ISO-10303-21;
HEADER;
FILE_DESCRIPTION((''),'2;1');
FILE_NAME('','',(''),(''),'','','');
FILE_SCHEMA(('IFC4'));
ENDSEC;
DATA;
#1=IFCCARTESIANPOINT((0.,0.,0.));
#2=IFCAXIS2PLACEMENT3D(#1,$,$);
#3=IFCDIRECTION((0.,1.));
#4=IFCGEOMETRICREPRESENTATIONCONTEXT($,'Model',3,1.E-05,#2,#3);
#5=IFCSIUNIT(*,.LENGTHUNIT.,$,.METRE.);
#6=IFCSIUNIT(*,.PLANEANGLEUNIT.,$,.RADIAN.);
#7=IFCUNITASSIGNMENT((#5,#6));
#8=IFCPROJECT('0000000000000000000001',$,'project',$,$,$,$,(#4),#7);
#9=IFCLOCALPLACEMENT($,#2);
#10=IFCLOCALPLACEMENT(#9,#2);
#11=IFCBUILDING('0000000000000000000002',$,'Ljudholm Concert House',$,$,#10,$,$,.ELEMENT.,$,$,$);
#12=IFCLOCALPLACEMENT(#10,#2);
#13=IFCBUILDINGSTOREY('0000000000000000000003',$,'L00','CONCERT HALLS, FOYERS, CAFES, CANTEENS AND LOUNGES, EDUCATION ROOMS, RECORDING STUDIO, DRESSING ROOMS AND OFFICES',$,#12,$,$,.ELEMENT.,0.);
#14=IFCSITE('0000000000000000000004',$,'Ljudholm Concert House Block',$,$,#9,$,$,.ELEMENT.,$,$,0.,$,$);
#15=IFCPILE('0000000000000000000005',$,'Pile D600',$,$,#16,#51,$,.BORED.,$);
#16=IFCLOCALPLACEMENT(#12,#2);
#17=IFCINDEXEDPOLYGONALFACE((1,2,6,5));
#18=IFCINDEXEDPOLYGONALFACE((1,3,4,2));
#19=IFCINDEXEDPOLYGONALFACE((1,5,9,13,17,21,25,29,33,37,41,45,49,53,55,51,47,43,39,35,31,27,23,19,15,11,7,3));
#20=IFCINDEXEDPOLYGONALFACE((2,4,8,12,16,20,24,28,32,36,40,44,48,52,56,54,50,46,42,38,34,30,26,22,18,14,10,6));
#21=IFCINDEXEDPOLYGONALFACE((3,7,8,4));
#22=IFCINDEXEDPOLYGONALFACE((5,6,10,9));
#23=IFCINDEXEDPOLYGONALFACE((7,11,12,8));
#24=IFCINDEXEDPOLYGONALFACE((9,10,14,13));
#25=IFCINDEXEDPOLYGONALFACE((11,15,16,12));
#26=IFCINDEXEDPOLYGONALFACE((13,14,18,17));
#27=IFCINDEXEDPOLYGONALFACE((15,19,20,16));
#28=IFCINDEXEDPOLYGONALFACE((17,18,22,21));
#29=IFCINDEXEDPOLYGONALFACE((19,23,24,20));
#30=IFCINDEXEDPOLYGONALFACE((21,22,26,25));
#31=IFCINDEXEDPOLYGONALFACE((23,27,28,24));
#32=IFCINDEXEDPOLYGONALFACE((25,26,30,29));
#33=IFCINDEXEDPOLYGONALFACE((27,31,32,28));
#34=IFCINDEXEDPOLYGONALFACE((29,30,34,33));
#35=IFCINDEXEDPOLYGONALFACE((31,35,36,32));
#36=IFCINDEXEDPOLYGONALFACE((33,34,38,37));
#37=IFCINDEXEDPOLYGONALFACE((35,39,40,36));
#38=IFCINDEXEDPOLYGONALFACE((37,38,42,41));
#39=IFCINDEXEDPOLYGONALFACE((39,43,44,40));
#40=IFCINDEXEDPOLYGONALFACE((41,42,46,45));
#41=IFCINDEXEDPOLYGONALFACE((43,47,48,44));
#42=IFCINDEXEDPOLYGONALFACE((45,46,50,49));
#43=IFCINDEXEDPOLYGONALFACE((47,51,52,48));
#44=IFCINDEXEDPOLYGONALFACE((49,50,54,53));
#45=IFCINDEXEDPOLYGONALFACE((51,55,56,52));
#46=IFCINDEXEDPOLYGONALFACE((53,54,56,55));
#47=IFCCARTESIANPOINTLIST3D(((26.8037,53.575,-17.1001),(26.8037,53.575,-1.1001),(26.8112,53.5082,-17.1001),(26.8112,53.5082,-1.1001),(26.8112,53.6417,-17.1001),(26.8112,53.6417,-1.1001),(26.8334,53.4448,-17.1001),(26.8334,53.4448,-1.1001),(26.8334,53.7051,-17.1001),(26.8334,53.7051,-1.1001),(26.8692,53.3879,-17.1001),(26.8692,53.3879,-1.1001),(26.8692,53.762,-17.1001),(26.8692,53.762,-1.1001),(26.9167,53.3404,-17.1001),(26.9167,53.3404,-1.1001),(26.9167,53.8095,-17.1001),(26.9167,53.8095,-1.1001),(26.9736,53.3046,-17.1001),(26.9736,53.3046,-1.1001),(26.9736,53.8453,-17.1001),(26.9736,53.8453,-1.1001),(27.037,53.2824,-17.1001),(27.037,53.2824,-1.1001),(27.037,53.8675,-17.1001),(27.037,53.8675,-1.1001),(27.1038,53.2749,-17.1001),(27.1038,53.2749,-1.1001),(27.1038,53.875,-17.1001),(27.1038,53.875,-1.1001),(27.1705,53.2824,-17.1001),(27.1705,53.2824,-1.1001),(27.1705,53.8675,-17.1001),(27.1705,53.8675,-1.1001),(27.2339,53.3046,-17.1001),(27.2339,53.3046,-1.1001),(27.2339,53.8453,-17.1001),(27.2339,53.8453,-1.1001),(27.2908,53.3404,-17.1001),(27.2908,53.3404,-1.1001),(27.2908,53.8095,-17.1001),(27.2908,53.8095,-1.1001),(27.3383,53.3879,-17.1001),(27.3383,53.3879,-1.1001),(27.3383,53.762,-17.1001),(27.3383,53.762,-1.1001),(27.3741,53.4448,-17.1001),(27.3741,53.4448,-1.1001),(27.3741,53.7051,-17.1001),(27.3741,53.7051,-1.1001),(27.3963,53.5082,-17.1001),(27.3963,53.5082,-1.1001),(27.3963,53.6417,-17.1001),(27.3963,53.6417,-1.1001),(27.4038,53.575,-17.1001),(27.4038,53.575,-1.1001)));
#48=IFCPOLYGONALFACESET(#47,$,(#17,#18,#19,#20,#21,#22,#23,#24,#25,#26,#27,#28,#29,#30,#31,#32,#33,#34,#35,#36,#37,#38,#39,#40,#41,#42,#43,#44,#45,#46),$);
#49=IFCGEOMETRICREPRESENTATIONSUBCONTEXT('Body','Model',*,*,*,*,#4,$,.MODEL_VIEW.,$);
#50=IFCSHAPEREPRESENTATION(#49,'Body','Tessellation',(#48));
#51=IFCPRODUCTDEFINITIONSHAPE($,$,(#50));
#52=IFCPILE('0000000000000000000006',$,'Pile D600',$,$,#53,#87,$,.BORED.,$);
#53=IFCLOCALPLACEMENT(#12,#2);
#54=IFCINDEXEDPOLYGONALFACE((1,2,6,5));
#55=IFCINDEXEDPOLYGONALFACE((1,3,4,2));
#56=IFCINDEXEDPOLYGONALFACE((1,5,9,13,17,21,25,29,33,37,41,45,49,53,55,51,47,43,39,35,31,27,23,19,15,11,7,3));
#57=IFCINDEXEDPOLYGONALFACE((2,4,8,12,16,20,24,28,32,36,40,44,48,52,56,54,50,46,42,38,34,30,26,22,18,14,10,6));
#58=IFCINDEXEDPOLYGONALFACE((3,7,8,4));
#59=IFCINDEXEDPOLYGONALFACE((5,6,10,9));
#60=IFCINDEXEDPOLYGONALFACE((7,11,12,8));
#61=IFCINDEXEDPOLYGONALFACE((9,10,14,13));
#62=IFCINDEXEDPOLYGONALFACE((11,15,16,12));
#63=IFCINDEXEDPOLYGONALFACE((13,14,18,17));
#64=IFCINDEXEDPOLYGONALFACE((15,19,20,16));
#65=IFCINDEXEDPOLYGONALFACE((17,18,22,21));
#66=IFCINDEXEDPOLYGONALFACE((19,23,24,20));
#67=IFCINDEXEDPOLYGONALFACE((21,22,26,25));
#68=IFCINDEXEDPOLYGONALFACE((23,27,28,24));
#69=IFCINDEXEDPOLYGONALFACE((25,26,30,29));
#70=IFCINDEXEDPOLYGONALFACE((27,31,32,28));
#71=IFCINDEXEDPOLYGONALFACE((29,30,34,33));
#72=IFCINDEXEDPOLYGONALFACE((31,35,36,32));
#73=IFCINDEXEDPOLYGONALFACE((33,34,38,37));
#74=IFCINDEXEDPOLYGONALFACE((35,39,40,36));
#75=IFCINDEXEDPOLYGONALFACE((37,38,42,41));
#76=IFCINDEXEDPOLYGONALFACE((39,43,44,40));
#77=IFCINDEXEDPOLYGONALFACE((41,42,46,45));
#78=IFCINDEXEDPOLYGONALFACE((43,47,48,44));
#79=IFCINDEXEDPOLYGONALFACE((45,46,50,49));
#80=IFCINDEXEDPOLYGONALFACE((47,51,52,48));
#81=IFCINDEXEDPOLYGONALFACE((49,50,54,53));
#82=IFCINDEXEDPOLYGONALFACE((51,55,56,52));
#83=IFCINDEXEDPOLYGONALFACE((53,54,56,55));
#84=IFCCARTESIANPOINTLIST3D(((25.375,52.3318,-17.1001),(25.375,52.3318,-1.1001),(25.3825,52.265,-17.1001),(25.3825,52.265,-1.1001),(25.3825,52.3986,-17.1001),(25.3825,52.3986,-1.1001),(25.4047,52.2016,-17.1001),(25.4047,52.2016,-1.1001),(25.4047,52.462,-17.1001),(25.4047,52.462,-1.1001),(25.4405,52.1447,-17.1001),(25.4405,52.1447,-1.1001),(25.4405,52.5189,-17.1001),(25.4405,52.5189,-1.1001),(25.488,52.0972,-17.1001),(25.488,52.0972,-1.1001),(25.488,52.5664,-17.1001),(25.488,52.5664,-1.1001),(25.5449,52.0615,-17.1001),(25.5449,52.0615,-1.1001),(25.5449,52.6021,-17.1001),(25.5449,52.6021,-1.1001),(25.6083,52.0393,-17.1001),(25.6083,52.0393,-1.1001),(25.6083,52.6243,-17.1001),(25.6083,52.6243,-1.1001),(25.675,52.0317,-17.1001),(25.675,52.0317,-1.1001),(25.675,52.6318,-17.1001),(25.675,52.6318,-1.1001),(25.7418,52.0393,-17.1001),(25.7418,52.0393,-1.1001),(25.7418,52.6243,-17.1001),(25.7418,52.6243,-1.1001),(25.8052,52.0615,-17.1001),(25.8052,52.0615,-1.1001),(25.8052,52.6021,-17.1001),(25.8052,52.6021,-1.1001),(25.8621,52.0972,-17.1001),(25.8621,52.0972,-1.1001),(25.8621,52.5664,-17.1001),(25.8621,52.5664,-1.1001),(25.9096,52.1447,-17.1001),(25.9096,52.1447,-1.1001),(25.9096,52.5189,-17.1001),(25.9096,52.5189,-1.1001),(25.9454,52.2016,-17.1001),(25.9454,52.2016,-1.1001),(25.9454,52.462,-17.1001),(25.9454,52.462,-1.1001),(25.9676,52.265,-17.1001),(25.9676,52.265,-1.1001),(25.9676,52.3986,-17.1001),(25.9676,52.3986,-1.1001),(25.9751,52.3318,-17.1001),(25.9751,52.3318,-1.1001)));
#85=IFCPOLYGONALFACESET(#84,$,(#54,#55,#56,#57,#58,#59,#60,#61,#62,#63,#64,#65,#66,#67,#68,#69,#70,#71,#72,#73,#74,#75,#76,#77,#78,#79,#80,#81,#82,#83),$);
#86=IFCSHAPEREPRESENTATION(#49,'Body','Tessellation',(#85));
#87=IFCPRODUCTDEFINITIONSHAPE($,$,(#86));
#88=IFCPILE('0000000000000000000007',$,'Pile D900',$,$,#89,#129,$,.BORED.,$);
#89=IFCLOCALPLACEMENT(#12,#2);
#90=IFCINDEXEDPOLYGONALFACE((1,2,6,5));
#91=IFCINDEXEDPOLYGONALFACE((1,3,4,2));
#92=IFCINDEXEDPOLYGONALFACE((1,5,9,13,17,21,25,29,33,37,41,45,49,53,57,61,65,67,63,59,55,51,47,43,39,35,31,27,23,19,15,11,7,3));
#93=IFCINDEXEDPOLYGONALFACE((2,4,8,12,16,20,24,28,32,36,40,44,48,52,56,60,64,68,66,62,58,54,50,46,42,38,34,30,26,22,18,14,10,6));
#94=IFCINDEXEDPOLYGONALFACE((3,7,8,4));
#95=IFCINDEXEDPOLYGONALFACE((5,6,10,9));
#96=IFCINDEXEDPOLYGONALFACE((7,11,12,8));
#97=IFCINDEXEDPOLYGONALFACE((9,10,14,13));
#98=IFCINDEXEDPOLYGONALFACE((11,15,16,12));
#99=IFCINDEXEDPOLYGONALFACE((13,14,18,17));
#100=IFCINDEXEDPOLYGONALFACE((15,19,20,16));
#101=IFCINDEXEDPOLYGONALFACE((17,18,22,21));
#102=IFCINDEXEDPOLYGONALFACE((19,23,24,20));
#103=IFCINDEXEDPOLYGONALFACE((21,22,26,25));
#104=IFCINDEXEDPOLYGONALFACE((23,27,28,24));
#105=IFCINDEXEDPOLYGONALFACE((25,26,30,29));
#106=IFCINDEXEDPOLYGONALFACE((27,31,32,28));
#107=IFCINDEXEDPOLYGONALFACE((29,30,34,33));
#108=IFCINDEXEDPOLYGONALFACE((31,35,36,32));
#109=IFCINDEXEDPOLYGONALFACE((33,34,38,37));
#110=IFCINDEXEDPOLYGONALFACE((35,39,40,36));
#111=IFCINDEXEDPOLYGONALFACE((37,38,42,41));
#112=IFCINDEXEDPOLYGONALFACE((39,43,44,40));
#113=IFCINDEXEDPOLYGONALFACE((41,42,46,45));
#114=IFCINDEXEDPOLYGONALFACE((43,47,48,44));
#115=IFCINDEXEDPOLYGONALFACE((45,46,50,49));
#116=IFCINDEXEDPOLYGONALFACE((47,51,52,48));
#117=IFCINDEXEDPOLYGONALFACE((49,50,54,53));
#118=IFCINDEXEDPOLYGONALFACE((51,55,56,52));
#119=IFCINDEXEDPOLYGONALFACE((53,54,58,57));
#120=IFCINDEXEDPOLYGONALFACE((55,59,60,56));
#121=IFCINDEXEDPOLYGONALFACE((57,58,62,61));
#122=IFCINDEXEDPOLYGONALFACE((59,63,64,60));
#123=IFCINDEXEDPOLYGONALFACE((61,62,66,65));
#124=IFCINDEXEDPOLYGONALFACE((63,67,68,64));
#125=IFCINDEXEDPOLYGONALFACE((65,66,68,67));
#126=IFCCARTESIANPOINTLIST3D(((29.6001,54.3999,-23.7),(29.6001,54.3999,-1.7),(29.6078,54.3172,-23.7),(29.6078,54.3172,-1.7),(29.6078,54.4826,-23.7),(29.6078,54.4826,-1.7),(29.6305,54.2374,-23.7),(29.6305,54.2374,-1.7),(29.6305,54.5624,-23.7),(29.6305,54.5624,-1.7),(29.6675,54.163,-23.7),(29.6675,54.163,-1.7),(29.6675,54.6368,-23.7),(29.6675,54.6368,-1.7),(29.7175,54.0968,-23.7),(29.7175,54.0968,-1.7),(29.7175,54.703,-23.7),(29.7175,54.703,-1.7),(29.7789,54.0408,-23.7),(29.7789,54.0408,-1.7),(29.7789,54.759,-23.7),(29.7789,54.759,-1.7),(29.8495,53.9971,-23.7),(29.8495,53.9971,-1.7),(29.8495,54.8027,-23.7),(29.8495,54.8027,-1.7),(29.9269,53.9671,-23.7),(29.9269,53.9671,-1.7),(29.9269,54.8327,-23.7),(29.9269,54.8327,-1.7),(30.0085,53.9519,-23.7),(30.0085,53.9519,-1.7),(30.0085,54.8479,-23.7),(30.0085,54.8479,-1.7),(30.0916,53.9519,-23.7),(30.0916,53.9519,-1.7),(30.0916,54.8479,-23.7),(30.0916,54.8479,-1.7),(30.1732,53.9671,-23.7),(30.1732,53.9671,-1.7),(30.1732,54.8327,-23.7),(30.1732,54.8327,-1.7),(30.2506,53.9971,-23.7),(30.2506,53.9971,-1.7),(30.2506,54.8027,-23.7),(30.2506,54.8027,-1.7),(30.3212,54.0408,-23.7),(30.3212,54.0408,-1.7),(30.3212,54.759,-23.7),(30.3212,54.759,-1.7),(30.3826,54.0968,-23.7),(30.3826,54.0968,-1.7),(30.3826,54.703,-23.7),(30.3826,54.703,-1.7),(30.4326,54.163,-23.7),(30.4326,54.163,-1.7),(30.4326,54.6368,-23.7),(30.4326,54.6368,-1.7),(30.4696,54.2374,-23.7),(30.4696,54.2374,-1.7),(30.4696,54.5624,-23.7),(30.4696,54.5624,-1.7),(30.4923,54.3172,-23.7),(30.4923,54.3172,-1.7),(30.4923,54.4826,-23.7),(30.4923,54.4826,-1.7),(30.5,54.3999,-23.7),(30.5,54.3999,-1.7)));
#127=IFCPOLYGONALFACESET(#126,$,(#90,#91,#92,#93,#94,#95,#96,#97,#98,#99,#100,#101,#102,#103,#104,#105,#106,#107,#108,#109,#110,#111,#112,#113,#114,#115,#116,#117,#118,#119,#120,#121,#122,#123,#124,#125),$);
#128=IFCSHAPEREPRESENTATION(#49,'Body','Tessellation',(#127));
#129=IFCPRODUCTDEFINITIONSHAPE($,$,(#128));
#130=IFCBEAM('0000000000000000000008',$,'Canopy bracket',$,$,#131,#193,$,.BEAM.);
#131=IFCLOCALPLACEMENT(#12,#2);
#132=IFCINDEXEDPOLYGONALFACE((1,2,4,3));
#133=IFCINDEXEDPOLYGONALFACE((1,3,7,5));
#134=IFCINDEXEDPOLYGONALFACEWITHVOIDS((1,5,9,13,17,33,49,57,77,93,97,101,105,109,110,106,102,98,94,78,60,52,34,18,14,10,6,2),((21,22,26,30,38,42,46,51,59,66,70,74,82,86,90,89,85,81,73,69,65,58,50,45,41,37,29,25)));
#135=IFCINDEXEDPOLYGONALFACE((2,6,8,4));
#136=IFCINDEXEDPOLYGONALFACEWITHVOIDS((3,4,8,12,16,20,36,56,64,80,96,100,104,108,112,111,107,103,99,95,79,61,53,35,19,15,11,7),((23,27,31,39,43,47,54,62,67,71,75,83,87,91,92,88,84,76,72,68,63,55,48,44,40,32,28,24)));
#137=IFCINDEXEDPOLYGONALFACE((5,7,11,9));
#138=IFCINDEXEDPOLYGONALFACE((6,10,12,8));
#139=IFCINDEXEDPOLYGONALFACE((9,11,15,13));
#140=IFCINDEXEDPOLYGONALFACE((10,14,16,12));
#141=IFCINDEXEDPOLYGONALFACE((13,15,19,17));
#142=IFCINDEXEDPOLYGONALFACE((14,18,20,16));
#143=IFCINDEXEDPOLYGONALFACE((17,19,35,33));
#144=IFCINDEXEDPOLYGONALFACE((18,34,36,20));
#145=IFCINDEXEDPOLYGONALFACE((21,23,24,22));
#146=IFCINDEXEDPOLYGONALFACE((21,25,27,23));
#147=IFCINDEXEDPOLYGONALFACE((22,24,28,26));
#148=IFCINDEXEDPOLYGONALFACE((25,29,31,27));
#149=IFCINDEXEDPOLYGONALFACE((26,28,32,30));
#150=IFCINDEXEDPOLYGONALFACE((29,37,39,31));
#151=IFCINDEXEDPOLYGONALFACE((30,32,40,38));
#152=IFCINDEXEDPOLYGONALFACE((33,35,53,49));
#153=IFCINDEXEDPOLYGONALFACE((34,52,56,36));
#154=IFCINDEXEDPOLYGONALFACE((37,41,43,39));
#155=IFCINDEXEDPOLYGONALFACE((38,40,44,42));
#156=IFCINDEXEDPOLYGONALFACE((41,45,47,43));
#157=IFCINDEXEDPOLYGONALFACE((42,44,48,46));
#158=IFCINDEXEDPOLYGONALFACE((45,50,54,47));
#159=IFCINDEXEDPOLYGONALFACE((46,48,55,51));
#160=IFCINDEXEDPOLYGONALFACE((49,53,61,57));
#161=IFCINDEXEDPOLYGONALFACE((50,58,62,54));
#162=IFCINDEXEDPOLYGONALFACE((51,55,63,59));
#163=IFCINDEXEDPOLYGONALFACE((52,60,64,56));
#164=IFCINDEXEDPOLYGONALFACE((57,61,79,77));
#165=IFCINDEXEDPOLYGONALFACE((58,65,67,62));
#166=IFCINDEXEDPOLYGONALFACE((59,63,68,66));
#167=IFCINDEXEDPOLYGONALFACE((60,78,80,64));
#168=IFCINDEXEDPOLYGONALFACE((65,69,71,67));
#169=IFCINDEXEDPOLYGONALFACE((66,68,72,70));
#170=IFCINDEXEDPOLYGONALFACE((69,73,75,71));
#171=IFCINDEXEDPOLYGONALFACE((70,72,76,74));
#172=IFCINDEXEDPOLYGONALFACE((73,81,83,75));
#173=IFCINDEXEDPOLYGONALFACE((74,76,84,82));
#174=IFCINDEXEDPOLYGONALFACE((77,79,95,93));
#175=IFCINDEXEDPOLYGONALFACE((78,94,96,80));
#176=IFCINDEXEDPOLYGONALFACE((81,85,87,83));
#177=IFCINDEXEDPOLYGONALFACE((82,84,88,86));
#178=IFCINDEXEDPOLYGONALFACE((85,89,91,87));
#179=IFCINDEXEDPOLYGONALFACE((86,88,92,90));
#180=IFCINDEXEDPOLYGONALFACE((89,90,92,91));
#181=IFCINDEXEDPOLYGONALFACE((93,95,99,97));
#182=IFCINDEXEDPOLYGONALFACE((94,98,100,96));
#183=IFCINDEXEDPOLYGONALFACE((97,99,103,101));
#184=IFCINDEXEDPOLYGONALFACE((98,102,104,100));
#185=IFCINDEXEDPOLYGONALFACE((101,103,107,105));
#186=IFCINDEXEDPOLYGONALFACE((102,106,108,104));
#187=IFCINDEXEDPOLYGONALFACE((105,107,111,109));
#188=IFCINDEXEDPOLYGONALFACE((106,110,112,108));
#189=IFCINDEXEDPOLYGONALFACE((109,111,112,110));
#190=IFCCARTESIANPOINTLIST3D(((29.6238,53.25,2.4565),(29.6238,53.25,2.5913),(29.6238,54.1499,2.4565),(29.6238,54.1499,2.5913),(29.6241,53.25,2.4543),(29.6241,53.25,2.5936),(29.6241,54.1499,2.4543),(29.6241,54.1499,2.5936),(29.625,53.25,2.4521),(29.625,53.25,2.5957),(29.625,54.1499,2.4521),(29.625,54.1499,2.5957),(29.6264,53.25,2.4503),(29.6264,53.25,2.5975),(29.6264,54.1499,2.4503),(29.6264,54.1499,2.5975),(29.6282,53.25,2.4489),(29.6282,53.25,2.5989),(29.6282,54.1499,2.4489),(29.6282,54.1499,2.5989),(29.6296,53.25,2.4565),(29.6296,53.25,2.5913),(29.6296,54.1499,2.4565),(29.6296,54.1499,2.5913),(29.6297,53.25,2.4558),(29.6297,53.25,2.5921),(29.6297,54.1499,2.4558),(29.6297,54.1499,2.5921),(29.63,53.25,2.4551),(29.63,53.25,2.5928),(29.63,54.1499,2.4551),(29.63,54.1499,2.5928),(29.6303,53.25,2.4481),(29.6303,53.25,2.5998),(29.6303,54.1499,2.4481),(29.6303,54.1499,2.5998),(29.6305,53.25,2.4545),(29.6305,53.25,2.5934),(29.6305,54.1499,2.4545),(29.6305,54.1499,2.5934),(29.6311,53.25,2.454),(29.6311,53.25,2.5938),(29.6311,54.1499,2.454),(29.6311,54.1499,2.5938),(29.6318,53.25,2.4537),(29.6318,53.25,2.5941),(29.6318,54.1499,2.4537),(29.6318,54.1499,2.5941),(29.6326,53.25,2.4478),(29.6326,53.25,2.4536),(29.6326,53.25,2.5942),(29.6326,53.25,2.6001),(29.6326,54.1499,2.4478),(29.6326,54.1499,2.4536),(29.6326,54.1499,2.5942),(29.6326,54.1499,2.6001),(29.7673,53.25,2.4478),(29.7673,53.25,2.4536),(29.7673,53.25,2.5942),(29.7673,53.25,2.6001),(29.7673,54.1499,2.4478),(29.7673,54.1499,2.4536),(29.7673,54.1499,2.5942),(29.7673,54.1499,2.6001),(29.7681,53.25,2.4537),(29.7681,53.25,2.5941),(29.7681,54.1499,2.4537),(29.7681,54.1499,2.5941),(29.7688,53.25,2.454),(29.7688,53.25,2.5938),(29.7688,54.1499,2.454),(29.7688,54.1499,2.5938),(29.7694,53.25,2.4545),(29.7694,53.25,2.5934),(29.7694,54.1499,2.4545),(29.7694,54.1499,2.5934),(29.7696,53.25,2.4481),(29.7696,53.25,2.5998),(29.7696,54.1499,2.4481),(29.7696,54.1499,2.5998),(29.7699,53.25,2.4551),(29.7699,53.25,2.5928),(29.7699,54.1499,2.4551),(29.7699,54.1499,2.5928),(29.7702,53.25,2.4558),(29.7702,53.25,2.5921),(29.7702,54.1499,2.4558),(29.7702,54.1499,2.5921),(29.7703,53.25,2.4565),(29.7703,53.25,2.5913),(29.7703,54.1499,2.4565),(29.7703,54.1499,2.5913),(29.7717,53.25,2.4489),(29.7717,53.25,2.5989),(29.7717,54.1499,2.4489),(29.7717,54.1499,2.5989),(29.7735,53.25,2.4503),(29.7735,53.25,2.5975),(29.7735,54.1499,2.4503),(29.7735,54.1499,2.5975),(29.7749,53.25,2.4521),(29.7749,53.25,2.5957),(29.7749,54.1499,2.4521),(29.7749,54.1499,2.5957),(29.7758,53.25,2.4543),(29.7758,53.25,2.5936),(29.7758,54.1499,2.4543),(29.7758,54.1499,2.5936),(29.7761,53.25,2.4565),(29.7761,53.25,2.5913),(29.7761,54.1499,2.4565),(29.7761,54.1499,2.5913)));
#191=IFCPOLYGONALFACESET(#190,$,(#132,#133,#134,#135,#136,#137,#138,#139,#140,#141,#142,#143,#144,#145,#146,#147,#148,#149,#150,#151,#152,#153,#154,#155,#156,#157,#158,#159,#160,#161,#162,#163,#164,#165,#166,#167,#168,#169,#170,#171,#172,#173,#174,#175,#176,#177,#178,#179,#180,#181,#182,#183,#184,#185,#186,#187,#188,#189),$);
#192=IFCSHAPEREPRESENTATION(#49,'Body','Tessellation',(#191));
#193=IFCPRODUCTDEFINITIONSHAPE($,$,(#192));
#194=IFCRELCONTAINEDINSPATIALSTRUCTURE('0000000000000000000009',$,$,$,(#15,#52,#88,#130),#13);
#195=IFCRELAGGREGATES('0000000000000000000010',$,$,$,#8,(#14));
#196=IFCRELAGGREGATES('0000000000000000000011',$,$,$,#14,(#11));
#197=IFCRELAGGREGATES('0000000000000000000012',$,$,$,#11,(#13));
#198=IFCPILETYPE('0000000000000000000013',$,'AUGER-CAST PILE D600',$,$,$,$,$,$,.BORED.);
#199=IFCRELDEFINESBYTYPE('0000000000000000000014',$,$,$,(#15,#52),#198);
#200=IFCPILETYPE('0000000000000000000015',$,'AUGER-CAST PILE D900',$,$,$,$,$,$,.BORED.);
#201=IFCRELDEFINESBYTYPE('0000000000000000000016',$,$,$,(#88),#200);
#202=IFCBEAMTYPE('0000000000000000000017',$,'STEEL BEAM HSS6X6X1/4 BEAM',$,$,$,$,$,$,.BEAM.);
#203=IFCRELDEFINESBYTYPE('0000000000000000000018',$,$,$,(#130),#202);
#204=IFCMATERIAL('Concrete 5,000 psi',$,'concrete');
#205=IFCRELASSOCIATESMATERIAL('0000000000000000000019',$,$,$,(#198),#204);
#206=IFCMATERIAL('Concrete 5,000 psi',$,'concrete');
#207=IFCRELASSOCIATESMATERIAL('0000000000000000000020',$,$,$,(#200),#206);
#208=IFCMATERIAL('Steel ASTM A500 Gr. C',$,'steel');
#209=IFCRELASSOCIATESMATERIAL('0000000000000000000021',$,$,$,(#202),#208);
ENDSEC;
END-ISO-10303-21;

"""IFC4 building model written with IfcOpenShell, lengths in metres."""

from ifc_helpers import new_model, si_unit, direction, frame, origin, origin_2d, place, context, subcontext, project, spatial, hollow_rectangle, circle, extrude, material, material_profile, profile_set, type_object, element, save


model = new_model("IFC4")

# Units and contexts
model_context = context("Model", 3, precision=1e-05, world=origin(), true_north=direction((0.0, 1.0)))
body_context = subcontext(model_context, "Body", "Model", "MODEL_VIEW")
ifc_project = project(units=[si_unit("LENGTHUNIT", "METRE"), si_unit("PLANEANGLEUNIT", "RADIAN")], contexts=[model_context])

# Site, building, storey
site_placement = place(None, origin())
site = spatial("IfcSite", under=ifc_project, at=site_placement, Name="Ljudholm Concert House Block", CompositionType="ELEMENT", RefElevation=0.0)
building_placement = place(site_placement, origin())
building = spatial("IfcBuilding", under=site, at=building_placement, Name="Ljudholm Concert House", CompositionType="ELEMENT")
storey_placement = place(building_placement, origin())
storey = spatial("IfcBuildingStorey", under=building, at=storey_placement, Name="L00", Description="CONCERT HALLS, FOYERS, CAFES, CANTEENS AND LOUNGES, EDUCATION ROOMS, RECORDING STUDIO, DRESSING ROOMS AND OFFICES", CompositionType="ELEMENT", Elevation=0.0)

# Piles
ifc_material_1 = material(Name="Concrete 5,000 psi", Category="concrete")
ifc_material_profile_1 = material_profile(ifc_material_1, circle(Radius=0.3, at=origin_2d()), Name="AUGER-CAST PILE D600")
ifc_profile_set_1 = profile_set([ifc_material_profile_1], Name="Concrete 5,000 psi")
pile_type_1 = type_object("IfcPileType", Name="AUGER-CAST PILE D600", PredefinedType="BORED", material=ifc_profile_set_1)
for number, where, z_axis, x_axis, name in (
    (1, (27.1038, 53.575, -1.1001), (0.0, 0.0, -1.0), (1.0, 0.0, 0.0), "Pile D600"),
    (2, (25.675, 52.3318, -1.1001), (0.0, 0.0, -1.0), (1.0, 0.0, 0.0), "Pile D600"),
):
    element("IfcPile", number, at=place(storey_placement, frame(where, z_axis=z_axis, x_axis=x_axis)), inside=storey, type_object=pile_type_1, Name=name, PredefinedType="BORED", context=body_context, shape_type="SweptSolid", body=[
        extrude(circle(Radius=0.3, at=origin_2d()), origin(), (0.0, 0.0, 1.0), 16.0),
    ])
ifc_material_2 = material(Name="Concrete 5,000 psi", Category="concrete")
ifc_material_profile_2 = material_profile(ifc_material_2, circle(Radius=0.45, at=origin_2d()), Name="AUGER-CAST PILE D900")
ifc_profile_set_2 = profile_set([ifc_material_profile_2], Name="Concrete 5,000 psi")
pile_type_2 = type_object("IfcPileType", Name="AUGER-CAST PILE D900", PredefinedType="BORED", material=ifc_profile_set_2)
pile_placement = place(storey_placement, frame((30.05, 54.3999, -1.7), z_axis=(0.0, 0.0, -1.0), x_axis=(1.0, 0.0, 0.0)))
element("IfcPile", 3, at=pile_placement, inside=storey, type_object=pile_type_2, Name="Pile D900", PredefinedType="BORED", context=body_context, shape_type="SweptSolid", body=[
    extrude(circle(Radius=0.45, at=origin_2d()), origin(), (0.0, 0.0, 1.0), 22.0),
])

# Beam
ifc_material_3 = material(Name="Steel ASTM A500 Gr. C", Category="steel")
ifc_material_profile_3 = material_profile(ifc_material_3, hollow_rectangle(XDim=0.1523, YDim=0.1523, WallThickness=0.0059, InnerFilletRadius=0.0029, OuterFilletRadius=0.0088, at=origin_2d()), Name="HSS6X6X1/4")
ifc_profile_set_3 = profile_set([ifc_material_profile_3], Name="Steel ASTM A500 Gr. C")
beam_type = type_object("IfcBeamType", Name="STEEL BEAM HSS6X6X1/4 BEAM", PredefinedType="BEAM", material=ifc_profile_set_3)
for number, where, z_axis, x_axis, name in (
    (4, (29.7, 53.25, 2.5239), (0.0, 1.0, 0.0), (-1.0, 0.0, 0.0), "Canopy bracket"),
):
    element("IfcBeam", number, at=place(storey_placement, frame(where, z_axis=z_axis, x_axis=x_axis)), inside=storey, type_object=beam_type, Name=name, PredefinedType="BEAM", context=body_context, shape_type="SweptSolid", body=[
        extrude(hollow_rectangle(XDim=0.1523, YDim=0.1523, WallThickness=0.0059, InnerFilletRadius=0.0029, OuterFilletRadius=0.0088, at=origin_2d()), origin(), (0.0, 0.0, 1.0), 0.8999),
    ])

save(model, "model.ifc")
